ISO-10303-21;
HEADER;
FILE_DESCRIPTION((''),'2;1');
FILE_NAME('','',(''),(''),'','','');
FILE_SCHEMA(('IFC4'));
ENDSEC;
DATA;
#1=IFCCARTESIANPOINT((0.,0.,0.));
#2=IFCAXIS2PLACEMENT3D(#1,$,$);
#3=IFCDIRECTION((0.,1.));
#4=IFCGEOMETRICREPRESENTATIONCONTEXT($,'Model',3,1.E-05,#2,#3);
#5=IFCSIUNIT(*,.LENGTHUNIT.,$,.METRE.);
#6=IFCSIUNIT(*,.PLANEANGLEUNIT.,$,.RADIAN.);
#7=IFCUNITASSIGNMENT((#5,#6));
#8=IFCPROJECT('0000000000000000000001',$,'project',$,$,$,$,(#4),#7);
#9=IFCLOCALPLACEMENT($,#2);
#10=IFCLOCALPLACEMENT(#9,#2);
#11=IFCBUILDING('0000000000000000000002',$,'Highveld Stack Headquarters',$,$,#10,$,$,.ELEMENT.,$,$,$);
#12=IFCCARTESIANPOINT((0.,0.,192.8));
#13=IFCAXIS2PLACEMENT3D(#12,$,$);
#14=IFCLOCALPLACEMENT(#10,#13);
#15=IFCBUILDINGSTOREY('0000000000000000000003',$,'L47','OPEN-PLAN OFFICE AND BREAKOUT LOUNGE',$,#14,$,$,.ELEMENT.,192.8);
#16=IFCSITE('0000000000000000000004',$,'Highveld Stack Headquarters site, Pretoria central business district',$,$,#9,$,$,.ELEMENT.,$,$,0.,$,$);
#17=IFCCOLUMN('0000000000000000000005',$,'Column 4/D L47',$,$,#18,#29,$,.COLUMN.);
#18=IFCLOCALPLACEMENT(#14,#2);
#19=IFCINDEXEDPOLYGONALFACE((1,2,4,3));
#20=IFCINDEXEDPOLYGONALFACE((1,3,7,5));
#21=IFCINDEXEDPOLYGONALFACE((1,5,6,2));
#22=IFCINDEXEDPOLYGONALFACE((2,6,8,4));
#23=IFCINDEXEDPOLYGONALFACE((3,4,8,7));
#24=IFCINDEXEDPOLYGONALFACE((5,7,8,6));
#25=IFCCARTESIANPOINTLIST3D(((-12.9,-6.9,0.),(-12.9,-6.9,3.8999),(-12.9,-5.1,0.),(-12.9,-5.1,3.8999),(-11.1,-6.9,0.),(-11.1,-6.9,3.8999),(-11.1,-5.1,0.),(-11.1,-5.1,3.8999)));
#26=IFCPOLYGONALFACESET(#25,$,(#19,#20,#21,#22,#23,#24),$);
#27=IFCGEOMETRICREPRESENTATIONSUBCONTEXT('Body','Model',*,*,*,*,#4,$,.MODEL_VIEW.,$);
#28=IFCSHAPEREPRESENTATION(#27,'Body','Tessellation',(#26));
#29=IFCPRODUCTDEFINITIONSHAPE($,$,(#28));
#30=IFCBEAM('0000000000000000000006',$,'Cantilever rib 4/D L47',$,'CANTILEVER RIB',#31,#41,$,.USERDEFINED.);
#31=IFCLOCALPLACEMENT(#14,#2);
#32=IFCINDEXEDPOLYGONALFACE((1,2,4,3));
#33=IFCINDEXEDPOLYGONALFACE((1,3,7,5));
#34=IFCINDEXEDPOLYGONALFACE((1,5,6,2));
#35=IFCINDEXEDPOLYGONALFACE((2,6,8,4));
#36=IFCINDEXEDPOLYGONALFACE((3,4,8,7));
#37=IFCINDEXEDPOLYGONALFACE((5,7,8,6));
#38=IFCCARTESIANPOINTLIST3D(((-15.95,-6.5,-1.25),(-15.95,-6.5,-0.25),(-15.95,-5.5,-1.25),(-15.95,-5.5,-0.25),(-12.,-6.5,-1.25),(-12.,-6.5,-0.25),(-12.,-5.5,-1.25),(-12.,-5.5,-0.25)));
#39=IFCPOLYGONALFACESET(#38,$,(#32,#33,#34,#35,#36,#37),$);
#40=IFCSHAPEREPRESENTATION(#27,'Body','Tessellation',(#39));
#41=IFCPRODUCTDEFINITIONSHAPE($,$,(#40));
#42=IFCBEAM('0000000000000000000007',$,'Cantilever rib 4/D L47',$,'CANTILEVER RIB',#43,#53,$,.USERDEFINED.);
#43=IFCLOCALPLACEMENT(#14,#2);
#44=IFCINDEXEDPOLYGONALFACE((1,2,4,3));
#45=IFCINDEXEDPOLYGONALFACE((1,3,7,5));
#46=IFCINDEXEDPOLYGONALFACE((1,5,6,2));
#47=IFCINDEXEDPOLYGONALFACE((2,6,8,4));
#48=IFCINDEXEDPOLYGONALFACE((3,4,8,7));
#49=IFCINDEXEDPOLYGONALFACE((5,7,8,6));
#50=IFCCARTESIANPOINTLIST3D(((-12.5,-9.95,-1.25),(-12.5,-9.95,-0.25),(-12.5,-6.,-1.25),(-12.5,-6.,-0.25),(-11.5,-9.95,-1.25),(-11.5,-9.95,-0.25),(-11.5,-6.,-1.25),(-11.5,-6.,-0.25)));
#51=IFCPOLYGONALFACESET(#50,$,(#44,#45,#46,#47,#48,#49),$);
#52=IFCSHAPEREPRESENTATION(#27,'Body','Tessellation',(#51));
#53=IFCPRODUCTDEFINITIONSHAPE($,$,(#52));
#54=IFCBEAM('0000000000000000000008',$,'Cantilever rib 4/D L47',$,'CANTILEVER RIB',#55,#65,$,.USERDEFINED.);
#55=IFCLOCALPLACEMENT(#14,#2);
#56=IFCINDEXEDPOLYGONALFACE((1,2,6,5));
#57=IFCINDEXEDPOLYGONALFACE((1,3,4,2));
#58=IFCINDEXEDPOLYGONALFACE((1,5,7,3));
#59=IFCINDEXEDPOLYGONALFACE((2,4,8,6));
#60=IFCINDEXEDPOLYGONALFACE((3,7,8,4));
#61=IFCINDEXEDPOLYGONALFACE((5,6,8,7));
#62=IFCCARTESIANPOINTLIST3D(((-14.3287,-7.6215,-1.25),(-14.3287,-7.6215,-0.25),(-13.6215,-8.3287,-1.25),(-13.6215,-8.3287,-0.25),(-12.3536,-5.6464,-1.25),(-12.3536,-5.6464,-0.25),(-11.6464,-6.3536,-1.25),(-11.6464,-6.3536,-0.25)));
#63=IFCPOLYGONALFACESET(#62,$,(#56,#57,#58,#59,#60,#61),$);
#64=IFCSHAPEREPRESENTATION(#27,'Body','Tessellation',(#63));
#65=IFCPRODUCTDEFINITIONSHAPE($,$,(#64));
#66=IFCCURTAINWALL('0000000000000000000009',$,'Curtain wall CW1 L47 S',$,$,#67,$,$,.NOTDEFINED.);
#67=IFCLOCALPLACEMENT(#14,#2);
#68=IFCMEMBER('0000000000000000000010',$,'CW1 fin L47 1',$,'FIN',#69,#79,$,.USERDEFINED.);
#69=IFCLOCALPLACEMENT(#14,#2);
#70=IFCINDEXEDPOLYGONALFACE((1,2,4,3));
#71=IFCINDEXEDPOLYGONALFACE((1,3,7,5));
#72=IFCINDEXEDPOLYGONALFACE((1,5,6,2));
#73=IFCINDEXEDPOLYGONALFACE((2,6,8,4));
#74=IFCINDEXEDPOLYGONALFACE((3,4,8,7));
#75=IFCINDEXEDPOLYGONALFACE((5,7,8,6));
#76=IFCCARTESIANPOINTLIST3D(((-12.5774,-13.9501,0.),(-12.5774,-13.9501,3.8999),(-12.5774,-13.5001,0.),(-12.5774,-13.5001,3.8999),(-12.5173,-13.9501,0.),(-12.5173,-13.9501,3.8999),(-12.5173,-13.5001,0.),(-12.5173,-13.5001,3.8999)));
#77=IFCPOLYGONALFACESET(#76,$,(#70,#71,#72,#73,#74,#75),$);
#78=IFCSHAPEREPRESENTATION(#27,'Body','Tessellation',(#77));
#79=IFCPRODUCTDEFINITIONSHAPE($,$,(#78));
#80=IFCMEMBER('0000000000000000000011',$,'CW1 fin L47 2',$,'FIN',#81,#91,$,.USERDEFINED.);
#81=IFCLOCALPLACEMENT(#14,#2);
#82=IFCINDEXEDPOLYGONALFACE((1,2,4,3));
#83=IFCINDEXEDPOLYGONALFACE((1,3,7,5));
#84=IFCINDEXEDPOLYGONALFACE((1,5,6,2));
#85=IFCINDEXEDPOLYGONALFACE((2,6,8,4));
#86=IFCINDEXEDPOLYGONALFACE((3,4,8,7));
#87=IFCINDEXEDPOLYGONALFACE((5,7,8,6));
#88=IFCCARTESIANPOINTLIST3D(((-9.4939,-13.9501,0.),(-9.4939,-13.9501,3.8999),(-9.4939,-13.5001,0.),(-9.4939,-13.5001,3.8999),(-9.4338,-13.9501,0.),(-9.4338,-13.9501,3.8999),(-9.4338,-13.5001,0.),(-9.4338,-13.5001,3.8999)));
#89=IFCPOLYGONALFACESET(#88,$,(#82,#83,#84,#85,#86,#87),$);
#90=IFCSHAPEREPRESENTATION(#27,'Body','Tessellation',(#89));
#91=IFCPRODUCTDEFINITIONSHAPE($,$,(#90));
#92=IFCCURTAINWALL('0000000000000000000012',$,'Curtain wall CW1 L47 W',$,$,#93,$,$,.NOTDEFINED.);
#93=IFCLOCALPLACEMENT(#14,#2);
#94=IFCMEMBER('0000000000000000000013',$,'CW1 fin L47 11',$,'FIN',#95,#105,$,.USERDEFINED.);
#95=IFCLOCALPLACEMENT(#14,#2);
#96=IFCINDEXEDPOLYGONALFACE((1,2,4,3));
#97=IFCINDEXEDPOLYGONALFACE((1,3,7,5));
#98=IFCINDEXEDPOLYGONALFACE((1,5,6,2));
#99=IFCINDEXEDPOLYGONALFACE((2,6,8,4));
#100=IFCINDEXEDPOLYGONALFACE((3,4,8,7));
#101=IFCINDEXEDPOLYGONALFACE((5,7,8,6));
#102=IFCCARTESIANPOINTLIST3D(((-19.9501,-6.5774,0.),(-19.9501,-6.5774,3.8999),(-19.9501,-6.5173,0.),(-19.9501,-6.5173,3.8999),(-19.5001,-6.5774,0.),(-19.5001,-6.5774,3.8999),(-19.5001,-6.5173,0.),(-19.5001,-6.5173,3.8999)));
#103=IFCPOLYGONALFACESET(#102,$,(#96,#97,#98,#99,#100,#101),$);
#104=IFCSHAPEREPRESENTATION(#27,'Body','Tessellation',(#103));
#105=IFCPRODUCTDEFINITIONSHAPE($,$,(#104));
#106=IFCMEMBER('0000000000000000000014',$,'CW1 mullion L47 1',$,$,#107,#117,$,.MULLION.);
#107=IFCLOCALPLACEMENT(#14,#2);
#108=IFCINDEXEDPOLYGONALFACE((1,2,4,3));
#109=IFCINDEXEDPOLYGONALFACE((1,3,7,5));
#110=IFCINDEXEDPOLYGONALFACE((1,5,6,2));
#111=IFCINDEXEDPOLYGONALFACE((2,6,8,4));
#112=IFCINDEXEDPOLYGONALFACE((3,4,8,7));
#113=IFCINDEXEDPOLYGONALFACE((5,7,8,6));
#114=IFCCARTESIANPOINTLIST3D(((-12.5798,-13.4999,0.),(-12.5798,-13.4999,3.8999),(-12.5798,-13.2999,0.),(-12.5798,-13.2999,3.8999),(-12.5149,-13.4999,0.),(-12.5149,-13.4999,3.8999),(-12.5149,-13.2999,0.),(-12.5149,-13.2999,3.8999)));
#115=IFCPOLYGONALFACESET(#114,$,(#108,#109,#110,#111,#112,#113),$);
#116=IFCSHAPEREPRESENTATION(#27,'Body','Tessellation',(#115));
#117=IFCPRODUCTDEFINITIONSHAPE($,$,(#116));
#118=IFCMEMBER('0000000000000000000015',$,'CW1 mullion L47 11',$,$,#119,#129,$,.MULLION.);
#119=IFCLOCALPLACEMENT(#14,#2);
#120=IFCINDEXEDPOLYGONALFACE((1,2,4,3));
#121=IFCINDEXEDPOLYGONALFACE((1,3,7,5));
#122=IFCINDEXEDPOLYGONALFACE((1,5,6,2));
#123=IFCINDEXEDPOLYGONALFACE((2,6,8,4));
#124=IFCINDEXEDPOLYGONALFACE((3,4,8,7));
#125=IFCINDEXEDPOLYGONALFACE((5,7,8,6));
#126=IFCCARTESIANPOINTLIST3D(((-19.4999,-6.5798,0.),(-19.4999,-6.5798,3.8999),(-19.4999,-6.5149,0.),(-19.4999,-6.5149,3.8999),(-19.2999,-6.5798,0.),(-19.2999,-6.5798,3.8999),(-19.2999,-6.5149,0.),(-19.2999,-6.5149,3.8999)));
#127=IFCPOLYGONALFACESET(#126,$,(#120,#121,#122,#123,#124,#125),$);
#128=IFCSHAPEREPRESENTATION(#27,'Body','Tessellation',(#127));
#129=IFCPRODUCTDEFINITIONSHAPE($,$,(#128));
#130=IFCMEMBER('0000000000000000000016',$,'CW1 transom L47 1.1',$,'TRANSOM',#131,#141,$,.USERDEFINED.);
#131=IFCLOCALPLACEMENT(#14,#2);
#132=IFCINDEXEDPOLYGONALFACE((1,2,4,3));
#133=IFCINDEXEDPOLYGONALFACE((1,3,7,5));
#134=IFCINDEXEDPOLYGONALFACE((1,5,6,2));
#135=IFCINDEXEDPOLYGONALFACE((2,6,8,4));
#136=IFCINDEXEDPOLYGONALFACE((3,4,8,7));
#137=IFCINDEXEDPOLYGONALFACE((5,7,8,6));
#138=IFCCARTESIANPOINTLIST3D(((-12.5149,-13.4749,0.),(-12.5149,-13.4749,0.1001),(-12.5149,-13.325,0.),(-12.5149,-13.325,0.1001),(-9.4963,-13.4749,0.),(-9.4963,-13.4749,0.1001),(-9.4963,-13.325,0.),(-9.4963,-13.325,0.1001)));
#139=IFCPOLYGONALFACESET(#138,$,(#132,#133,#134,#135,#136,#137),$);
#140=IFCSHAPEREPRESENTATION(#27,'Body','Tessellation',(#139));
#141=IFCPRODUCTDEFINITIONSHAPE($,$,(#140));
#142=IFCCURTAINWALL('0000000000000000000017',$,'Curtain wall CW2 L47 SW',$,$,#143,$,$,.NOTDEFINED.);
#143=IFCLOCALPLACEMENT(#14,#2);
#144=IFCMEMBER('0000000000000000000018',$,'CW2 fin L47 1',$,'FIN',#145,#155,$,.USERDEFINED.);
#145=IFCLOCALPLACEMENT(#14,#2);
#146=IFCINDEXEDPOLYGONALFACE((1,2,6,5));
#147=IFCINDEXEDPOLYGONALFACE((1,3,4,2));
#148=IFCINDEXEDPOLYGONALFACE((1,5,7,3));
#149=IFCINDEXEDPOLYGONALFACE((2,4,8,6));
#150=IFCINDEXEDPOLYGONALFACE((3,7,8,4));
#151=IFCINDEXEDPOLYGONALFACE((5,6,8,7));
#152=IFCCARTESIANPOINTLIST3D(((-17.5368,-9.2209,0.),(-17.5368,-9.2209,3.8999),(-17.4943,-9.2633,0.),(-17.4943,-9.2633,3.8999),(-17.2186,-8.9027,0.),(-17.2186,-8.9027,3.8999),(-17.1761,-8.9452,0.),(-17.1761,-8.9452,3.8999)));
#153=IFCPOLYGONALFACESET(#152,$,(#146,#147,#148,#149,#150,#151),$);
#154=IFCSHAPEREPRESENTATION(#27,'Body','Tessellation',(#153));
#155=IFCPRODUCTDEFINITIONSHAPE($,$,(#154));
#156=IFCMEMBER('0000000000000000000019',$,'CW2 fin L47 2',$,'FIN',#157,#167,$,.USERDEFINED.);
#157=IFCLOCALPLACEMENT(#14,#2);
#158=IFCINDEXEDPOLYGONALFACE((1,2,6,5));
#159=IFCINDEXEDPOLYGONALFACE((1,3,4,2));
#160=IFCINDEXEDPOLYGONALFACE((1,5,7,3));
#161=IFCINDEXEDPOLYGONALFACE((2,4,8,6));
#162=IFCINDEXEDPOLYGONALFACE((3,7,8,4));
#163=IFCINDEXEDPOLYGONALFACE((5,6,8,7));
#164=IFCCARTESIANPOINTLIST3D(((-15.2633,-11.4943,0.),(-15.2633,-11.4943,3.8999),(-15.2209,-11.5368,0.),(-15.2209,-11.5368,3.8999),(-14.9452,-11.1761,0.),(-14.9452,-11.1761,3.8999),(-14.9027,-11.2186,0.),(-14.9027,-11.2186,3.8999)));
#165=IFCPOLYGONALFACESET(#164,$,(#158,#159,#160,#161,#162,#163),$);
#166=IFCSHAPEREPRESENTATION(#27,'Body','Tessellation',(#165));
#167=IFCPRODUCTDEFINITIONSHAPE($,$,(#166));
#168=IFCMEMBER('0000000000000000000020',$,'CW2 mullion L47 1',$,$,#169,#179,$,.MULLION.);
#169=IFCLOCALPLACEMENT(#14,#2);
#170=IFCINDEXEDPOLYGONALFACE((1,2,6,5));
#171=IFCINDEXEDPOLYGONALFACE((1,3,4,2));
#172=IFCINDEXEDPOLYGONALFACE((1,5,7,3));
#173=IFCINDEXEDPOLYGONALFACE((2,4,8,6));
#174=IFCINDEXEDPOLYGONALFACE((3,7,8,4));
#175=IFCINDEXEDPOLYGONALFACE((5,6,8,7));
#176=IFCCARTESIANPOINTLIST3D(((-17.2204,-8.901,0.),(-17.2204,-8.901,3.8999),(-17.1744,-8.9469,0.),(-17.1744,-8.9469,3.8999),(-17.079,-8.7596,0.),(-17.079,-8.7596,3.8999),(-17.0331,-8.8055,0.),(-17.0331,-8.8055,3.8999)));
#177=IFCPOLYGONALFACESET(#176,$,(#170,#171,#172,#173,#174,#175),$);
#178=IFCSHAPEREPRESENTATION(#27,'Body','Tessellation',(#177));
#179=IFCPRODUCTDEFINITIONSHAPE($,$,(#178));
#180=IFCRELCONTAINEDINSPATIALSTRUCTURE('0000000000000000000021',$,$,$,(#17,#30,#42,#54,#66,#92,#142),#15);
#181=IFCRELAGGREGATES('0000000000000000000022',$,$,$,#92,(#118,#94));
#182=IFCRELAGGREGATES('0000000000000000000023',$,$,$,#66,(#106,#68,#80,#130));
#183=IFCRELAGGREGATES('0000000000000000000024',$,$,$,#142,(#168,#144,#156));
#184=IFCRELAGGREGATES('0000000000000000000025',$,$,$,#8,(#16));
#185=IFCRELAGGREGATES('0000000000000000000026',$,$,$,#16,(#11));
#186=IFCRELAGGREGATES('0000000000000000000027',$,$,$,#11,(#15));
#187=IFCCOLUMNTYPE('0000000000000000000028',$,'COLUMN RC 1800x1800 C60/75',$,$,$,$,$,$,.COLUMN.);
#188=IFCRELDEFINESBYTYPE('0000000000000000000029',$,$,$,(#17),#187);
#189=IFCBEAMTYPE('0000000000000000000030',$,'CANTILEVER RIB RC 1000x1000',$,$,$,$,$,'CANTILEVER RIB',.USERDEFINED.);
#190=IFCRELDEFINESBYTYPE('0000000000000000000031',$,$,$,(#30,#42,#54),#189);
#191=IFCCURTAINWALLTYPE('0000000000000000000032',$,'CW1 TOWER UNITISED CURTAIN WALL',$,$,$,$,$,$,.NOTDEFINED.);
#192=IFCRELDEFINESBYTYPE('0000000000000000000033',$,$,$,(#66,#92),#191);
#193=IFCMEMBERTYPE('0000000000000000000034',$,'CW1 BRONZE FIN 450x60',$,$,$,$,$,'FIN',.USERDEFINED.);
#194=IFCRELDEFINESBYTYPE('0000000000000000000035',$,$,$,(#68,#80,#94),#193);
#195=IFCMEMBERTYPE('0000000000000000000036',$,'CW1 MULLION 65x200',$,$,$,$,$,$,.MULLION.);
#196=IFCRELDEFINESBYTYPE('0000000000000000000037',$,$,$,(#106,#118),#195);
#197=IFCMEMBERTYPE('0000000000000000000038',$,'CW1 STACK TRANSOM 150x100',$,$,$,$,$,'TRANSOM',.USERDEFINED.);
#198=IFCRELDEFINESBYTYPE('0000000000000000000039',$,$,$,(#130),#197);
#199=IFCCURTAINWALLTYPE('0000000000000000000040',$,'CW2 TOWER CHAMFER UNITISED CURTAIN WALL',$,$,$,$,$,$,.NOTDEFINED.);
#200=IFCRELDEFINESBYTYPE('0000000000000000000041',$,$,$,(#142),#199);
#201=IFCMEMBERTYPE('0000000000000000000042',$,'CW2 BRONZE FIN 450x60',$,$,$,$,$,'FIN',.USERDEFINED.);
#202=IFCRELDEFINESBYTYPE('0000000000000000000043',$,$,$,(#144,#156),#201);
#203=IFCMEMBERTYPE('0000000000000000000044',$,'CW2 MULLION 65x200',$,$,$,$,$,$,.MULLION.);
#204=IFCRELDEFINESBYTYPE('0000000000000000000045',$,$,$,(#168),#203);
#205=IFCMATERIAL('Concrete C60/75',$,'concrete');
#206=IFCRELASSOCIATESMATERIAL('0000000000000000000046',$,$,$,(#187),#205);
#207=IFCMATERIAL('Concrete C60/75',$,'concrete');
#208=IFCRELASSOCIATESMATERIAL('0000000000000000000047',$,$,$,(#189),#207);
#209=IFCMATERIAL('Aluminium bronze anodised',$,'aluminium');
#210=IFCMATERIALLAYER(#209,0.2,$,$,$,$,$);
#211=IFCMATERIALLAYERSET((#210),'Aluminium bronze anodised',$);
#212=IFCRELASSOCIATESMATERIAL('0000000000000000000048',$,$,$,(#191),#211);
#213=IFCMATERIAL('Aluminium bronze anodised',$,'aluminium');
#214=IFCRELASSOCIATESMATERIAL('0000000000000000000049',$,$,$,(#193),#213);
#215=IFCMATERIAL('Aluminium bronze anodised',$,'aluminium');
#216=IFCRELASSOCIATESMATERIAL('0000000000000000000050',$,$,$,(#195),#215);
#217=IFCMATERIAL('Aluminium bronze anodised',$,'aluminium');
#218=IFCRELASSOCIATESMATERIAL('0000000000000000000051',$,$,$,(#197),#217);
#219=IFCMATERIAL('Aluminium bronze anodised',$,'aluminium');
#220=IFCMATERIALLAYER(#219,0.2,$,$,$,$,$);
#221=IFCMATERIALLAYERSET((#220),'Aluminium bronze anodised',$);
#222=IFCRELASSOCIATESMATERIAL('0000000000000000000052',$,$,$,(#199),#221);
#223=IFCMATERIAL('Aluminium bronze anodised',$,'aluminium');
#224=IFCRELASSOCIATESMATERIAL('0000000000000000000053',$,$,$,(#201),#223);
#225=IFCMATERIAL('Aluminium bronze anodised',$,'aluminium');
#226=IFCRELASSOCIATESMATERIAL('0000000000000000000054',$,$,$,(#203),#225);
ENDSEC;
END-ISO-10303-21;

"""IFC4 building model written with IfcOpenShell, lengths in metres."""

from ifc_helpers import new_model, si_unit, direction, frame, origin, origin_2d, place, context, subcontext, project, spatial, rectangle, extrude, material, layer, layer_set, material_profile, profile_set, type_object, element, aggregate, save


model = new_model("IFC4")

# Units and contexts
model_context = context("Model", 3, precision=1e-05, world=origin(), true_north=direction((0.0, 1.0)))
body_context = subcontext(model_context, "Body", "Model", "MODEL_VIEW")
ifc_project = project(units=[si_unit("LENGTHUNIT", "METRE"), si_unit("PLANEANGLEUNIT", "RADIAN")], contexts=[model_context])

# Site, building, storey
site_placement = place(None, origin())
site = spatial("IfcSite", under=ifc_project, at=site_placement, Name="Highveld Stack Headquarters site, Pretoria central business district", CompositionType="ELEMENT", RefElevation=0.0)
building_placement = place(site_placement, origin())
building = spatial("IfcBuilding", under=site, at=building_placement, Name="Highveld Stack Headquarters", CompositionType="ELEMENT")
storey_placement = place(building_placement, frame((0.0, 0.0, 192.8)))
storey = spatial("IfcBuildingStorey", under=building, at=storey_placement, Name="L47", Description="OPEN-PLAN OFFICE AND BREAKOUT LOUNGE", CompositionType="ELEMENT", Elevation=192.8)

# Column
ifc_material_1 = material(Name="Concrete C60/75", Category="concrete")
ifc_material_profile_1 = material_profile(ifc_material_1, rectangle(XDim=1.8, YDim=1.8, at=origin_2d()), Name="RC 1800x1800")
ifc_profile_set_1 = profile_set([ifc_material_profile_1], Name="Concrete C60/75")
column_type = type_object("IfcColumnType", Name="COLUMN RC 1800x1800 C60/75", PredefinedType="COLUMN", material=ifc_profile_set_1)
column_placement = place(storey_placement, frame((-12.0, -6.0, 0.0), z_axis=(0.0, 0.0, 1.0), x_axis=(1.0, 0.0, 0.0)))
element("IfcColumn", 1, at=column_placement, inside=storey, type_object=column_type, Name="Column 4/D L47", PredefinedType="COLUMN", context=body_context, shape_type="SweptSolid", body=[
    extrude(rectangle(XDim=1.8, YDim=1.8, at=origin_2d()), origin(), (0.0, 0.0, 1.0), 3.8999),
])

# Beams
ifc_material_2 = material(Name="Concrete C60/75", Category="concrete")
ifc_material_profile_2 = material_profile(ifc_material_2, rectangle(XDim=1.0, YDim=1.0, at=origin_2d()), Name="RC 1000x1000")
ifc_profile_set_2 = profile_set([ifc_material_profile_2], Name="Concrete C60/75")
beam_type_1 = type_object("IfcBeamType", Name="CANTILEVER RIB RC 1000x1000", ElementType="CANTILEVER RIB", PredefinedType="USERDEFINED", material=ifc_profile_set_2)
for number, where, z_axis, x_axis, name in (
    (2, (-12.0, -6.0, -0.75), (-1.0, 0.0, 0.0), (0.0, -1.0, 0.0), "Cantilever rib 4/D L47"),
    (3, (-12.0, -6.0, -0.75), (0.0, -1.0, 0.0), (1.0, 0.0, 0.0), "Cantilever rib 4/D L47"),
):
    element("IfcBeam", number, at=place(storey_placement, frame(where, z_axis=z_axis, x_axis=x_axis)), inside=storey, type_object=beam_type_1, Name=name, ObjectType="CANTILEVER RIB", PredefinedType="USERDEFINED", context=body_context, shape_type="SweptSolid", body=[
        extrude(rectangle(XDim=1.0, YDim=1.0, at=origin_2d()), origin(), (0.0, 0.0, 1.0), 3.95),
    ])
beam_1_placement = place(storey_placement, frame((-12.0, -6.0, -0.75), z_axis=(-0.707107, -0.707107, 0.0), x_axis=(0.707107, -0.707107, 0.0)))
element("IfcBeam", 4, at=beam_1_placement, inside=storey, type_object=beam_type_1, Name="Cantilever rib 4/D L47", ObjectType="CANTILEVER RIB", PredefinedType="USERDEFINED", context=body_context, shape_type="SweptSolid", body=[
    extrude(rectangle(XDim=1.0, YDim=1.0, at=origin_2d()), origin(), (0.0, 0.0, 1.0), 2.7932),
])

# Curtain wall, members
ifc_material_3 = material(Name="Aluminium bronze anodised", Category="aluminium")
ifc_layer_1 = layer(ifc_material_3, 0.2)
ifc_layer_set_1 = layer_set([ifc_layer_1], Name="Aluminium bronze anodised")
curtain_wall_type_1 = type_object("IfcCurtainWallType", Name="CW1 TOWER UNITISED CURTAIN WALL", PredefinedType="NOTDEFINED", material=ifc_layer_set_1)
curtain_wall_1_placement = place(storey_placement, origin())
curtain_wall_1 = element("IfcCurtainWall", 5, at=curtain_wall_1_placement, inside=storey, type_object=curtain_wall_type_1, Name="Curtain wall CW1 L47 S", PredefinedType="NOTDEFINED")
ifc_material_4 = material(Name="Aluminium bronze anodised", Category="aluminium")
ifc_material_profile_3 = material_profile(ifc_material_4, rectangle(XDim=0.45, YDim=0.0601, at=origin_2d()), Name="FIN 450x60")
ifc_profile_set_3 = profile_set([ifc_material_profile_3], Name="Aluminium bronze anodised")
member_type_1 = type_object("IfcMemberType", Name="CW1 BRONZE FIN 450x60", ElementType="FIN", PredefinedType="USERDEFINED", material=ifc_profile_set_3)
member_1_placement = place(storey_placement, frame((-12.5474, -13.7251, 0.0), z_axis=(0.0, 0.0, 1.0), x_axis=(0.0, 1.0, 0.0)))
member_1 = element("IfcMember", 6, at=member_1_placement, type_object=member_type_1, Name="CW1 fin L47 1", ObjectType="FIN", PredefinedType="USERDEFINED", context=body_context, shape_type="SweptSolid", body=[
    extrude(rectangle(XDim=0.45, YDim=0.0601, at=origin_2d()), origin(), (0.0, 0.0, 1.0), 3.8999),
])
member_2_placement = place(storey_placement, frame((-9.4639, -13.7251, 0.0), z_axis=(0.0, 0.0, 1.0), x_axis=(0.0, 1.0, 0.0)))
member_2 = element("IfcMember", 7, at=member_2_placement, type_object=member_type_1, Name="CW1 fin L47 2", ObjectType="FIN", PredefinedType="USERDEFINED", context=body_context, shape_type="SweptSolid", body=[
    extrude(rectangle(XDim=0.45, YDim=0.0601, at=origin_2d()), origin(), (0.0, 0.0, 1.0), 3.8999),
])

# Curtain wall, member
curtain_wall_2_placement = place(storey_placement, origin())
curtain_wall_2 = element("IfcCurtainWall", 8, at=curtain_wall_2_placement, inside=storey, type_object=curtain_wall_type_1, Name="Curtain wall CW1 L47 W", PredefinedType="NOTDEFINED")
member_3_placement = place(storey_placement, frame((-19.7251, -6.5474, 0.0), z_axis=(0.0, 0.0, 1.0), x_axis=(1.0, 0.0, 0.0)))
member_3 = element("IfcMember", 9, at=member_3_placement, type_object=member_type_1, Name="CW1 fin L47 11", ObjectType="FIN", PredefinedType="USERDEFINED", context=body_context, shape_type="SweptSolid", body=[
    extrude(rectangle(XDim=0.45, YDim=0.0601, at=origin_2d()), origin(), (0.0, 0.0, 1.0), 3.8999),
])

# Members
ifc_material_5 = material(Name="Aluminium bronze anodised", Category="aluminium")
ifc_material_profile_4 = material_profile(ifc_material_5, rectangle(XDim=0.2, YDim=0.0649, at=origin_2d()), Name="CW1 MULLION 65x200")
ifc_profile_set_4 = profile_set([ifc_material_profile_4], Name="Aluminium bronze anodised")
member_type_2 = type_object("IfcMemberType", Name="CW1 MULLION 65x200", PredefinedType="MULLION", material=ifc_profile_set_4)
member_4_placement = place(storey_placement, frame((-12.5474, -13.3999, 0.0), z_axis=(0.0, 0.0, 1.0), x_axis=(0.0, 1.0, 0.0)))
member_4 = element("IfcMember", 10, at=member_4_placement, type_object=member_type_2, Name="CW1 mullion L47 1", PredefinedType="MULLION", context=body_context, shape_type="SweptSolid", body=[
    extrude(rectangle(XDim=0.2, YDim=0.0649, at=origin_2d()), origin(), (0.0, 0.0, 1.0), 3.8999),
])
member_5_placement = place(storey_placement, frame((-19.3999, -6.5474, 0.0), z_axis=(0.0, 0.0, 1.0), x_axis=(1.0, 0.0, 0.0)))
member_5 = element("IfcMember", 11, at=member_5_placement, type_object=member_type_2, Name="CW1 mullion L47 11", PredefinedType="MULLION", context=body_context, shape_type="SweptSolid", body=[
    extrude(rectangle(XDim=0.2, YDim=0.0649, at=origin_2d()), origin(), (0.0, 0.0, 1.0), 3.8999),
])
aggregate(curtain_wall_2, [member_5, member_3])
ifc_material_6 = material(Name="Aluminium bronze anodised", Category="aluminium")
ifc_material_profile_5 = material_profile(ifc_material_6, rectangle(XDim=0.1499, YDim=0.1001, at=origin_2d()), Name="CW1 TRANSOM 150x100")
ifc_profile_set_5 = profile_set([ifc_material_profile_5], Name="Aluminium bronze anodised")
member_type_3 = type_object("IfcMemberType", Name="CW1 STACK TRANSOM 150x100", ElementType="TRANSOM", PredefinedType="USERDEFINED", material=ifc_profile_set_5)
member_6_placement = place(storey_placement, frame((-12.5149, -13.3999, 0.05), z_axis=(1.0, 0.0, 0.0), x_axis=(0.0, 1.0, 0.0)))
member_6 = element("IfcMember", 12, at=member_6_placement, type_object=member_type_3, Name="CW1 transom L47 1.1", ObjectType="TRANSOM", PredefinedType="USERDEFINED", context=body_context, shape_type="SweptSolid", body=[
    extrude(rectangle(XDim=0.1499, YDim=0.1001, at=origin_2d()), origin(), (0.0, 0.0, 1.0), 3.0186),
])

# Curtain wall, members
ifc_material_7 = material(Name="Aluminium bronze anodised", Category="aluminium")
ifc_layer_2 = layer(ifc_material_7, 0.2)
ifc_layer_set_2 = layer_set([ifc_layer_2], Name="Aluminium bronze anodised")
curtain_wall_type_2 = type_object("IfcCurtainWallType", Name="CW2 TOWER CHAMFER UNITISED CURTAIN WALL", PredefinedType="NOTDEFINED", material=ifc_layer_set_2)
curtain_wall_3_placement = place(storey_placement, origin())
curtain_wall_3 = element("IfcCurtainWall", 13, at=curtain_wall_3_placement, inside=storey, type_object=curtain_wall_type_2, Name="Curtain wall CW2 L47 SW", PredefinedType="NOTDEFINED")
ifc_material_8 = material(Name="Aluminium bronze anodised", Category="aluminium")
ifc_material_profile_6 = material_profile(ifc_material_8, rectangle(XDim=0.45, YDim=0.0601, at=origin_2d()), Name="FIN 450x60")
ifc_profile_set_6 = profile_set([ifc_material_profile_6], Name="Aluminium bronze anodised")
member_type_4 = type_object("IfcMemberType", Name="CW2 BRONZE FIN 450x60", ElementType="FIN", PredefinedType="USERDEFINED", material=ifc_profile_set_6)
member_7_placement = place(storey_placement, frame((-17.3564, -9.083, 0.0), z_axis=(0.0, 0.0, 1.0), x_axis=(0.707107, 0.707107, 0.0)))
member_7 = element("IfcMember", 14, at=member_7_placement, type_object=member_type_4, Name="CW2 fin L47 1", ObjectType="FIN", PredefinedType="USERDEFINED", context=body_context, shape_type="SweptSolid", body=[
    extrude(rectangle(XDim=0.45, YDim=0.0601, at=origin_2d()), origin(), (0.0, 0.0, 1.0), 3.8999),
])
member_8_placement = place(storey_placement, frame((-15.083, -11.3564, 0.0), z_axis=(0.0, 0.0, 1.0), x_axis=(0.707107, 0.707107, 0.0)))
member_8 = element("IfcMember", 15, at=member_8_placement, type_object=member_type_4, Name="CW2 fin L47 2", ObjectType="FIN", PredefinedType="USERDEFINED", context=body_context, shape_type="SweptSolid", body=[
    extrude(rectangle(XDim=0.45, YDim=0.0601, at=origin_2d()), origin(), (0.0, 0.0, 1.0), 3.8999),
])
ifc_material_9 = material(Name="Aluminium bronze anodised", Category="aluminium")
ifc_material_profile_7 = material_profile(ifc_material_9, rectangle(XDim=0.2, YDim=0.0649, at=origin_2d()), Name="CW2 MULLION 65x200")
ifc_profile_set_7 = profile_set([ifc_material_profile_7], Name="Aluminium bronze anodised")
member_type_5 = type_object("IfcMemberType", Name="CW2 MULLION 65x200", PredefinedType="MULLION", material=ifc_profile_set_7)
member_9_placement = place(storey_placement, frame((-17.1267, -8.8533, 0.0), z_axis=(0.0, 0.0, 1.0), x_axis=(0.707107, 0.707107, 0.0)))
member_9 = element("IfcMember", 16, at=member_9_placement, type_object=member_type_5, Name="CW2 mullion L47 1", PredefinedType="MULLION", context=body_context, shape_type="SweptSolid", body=[
    extrude(rectangle(XDim=0.2, YDim=0.0649, at=origin_2d()), origin(), (0.0, 0.0, 1.0), 3.8999),
])

aggregate(curtain_wall_1, [member_4, member_1, member_2, member_6])
aggregate(curtain_wall_3, [member_9, member_7, member_8])

save(model, "model.ifc")
